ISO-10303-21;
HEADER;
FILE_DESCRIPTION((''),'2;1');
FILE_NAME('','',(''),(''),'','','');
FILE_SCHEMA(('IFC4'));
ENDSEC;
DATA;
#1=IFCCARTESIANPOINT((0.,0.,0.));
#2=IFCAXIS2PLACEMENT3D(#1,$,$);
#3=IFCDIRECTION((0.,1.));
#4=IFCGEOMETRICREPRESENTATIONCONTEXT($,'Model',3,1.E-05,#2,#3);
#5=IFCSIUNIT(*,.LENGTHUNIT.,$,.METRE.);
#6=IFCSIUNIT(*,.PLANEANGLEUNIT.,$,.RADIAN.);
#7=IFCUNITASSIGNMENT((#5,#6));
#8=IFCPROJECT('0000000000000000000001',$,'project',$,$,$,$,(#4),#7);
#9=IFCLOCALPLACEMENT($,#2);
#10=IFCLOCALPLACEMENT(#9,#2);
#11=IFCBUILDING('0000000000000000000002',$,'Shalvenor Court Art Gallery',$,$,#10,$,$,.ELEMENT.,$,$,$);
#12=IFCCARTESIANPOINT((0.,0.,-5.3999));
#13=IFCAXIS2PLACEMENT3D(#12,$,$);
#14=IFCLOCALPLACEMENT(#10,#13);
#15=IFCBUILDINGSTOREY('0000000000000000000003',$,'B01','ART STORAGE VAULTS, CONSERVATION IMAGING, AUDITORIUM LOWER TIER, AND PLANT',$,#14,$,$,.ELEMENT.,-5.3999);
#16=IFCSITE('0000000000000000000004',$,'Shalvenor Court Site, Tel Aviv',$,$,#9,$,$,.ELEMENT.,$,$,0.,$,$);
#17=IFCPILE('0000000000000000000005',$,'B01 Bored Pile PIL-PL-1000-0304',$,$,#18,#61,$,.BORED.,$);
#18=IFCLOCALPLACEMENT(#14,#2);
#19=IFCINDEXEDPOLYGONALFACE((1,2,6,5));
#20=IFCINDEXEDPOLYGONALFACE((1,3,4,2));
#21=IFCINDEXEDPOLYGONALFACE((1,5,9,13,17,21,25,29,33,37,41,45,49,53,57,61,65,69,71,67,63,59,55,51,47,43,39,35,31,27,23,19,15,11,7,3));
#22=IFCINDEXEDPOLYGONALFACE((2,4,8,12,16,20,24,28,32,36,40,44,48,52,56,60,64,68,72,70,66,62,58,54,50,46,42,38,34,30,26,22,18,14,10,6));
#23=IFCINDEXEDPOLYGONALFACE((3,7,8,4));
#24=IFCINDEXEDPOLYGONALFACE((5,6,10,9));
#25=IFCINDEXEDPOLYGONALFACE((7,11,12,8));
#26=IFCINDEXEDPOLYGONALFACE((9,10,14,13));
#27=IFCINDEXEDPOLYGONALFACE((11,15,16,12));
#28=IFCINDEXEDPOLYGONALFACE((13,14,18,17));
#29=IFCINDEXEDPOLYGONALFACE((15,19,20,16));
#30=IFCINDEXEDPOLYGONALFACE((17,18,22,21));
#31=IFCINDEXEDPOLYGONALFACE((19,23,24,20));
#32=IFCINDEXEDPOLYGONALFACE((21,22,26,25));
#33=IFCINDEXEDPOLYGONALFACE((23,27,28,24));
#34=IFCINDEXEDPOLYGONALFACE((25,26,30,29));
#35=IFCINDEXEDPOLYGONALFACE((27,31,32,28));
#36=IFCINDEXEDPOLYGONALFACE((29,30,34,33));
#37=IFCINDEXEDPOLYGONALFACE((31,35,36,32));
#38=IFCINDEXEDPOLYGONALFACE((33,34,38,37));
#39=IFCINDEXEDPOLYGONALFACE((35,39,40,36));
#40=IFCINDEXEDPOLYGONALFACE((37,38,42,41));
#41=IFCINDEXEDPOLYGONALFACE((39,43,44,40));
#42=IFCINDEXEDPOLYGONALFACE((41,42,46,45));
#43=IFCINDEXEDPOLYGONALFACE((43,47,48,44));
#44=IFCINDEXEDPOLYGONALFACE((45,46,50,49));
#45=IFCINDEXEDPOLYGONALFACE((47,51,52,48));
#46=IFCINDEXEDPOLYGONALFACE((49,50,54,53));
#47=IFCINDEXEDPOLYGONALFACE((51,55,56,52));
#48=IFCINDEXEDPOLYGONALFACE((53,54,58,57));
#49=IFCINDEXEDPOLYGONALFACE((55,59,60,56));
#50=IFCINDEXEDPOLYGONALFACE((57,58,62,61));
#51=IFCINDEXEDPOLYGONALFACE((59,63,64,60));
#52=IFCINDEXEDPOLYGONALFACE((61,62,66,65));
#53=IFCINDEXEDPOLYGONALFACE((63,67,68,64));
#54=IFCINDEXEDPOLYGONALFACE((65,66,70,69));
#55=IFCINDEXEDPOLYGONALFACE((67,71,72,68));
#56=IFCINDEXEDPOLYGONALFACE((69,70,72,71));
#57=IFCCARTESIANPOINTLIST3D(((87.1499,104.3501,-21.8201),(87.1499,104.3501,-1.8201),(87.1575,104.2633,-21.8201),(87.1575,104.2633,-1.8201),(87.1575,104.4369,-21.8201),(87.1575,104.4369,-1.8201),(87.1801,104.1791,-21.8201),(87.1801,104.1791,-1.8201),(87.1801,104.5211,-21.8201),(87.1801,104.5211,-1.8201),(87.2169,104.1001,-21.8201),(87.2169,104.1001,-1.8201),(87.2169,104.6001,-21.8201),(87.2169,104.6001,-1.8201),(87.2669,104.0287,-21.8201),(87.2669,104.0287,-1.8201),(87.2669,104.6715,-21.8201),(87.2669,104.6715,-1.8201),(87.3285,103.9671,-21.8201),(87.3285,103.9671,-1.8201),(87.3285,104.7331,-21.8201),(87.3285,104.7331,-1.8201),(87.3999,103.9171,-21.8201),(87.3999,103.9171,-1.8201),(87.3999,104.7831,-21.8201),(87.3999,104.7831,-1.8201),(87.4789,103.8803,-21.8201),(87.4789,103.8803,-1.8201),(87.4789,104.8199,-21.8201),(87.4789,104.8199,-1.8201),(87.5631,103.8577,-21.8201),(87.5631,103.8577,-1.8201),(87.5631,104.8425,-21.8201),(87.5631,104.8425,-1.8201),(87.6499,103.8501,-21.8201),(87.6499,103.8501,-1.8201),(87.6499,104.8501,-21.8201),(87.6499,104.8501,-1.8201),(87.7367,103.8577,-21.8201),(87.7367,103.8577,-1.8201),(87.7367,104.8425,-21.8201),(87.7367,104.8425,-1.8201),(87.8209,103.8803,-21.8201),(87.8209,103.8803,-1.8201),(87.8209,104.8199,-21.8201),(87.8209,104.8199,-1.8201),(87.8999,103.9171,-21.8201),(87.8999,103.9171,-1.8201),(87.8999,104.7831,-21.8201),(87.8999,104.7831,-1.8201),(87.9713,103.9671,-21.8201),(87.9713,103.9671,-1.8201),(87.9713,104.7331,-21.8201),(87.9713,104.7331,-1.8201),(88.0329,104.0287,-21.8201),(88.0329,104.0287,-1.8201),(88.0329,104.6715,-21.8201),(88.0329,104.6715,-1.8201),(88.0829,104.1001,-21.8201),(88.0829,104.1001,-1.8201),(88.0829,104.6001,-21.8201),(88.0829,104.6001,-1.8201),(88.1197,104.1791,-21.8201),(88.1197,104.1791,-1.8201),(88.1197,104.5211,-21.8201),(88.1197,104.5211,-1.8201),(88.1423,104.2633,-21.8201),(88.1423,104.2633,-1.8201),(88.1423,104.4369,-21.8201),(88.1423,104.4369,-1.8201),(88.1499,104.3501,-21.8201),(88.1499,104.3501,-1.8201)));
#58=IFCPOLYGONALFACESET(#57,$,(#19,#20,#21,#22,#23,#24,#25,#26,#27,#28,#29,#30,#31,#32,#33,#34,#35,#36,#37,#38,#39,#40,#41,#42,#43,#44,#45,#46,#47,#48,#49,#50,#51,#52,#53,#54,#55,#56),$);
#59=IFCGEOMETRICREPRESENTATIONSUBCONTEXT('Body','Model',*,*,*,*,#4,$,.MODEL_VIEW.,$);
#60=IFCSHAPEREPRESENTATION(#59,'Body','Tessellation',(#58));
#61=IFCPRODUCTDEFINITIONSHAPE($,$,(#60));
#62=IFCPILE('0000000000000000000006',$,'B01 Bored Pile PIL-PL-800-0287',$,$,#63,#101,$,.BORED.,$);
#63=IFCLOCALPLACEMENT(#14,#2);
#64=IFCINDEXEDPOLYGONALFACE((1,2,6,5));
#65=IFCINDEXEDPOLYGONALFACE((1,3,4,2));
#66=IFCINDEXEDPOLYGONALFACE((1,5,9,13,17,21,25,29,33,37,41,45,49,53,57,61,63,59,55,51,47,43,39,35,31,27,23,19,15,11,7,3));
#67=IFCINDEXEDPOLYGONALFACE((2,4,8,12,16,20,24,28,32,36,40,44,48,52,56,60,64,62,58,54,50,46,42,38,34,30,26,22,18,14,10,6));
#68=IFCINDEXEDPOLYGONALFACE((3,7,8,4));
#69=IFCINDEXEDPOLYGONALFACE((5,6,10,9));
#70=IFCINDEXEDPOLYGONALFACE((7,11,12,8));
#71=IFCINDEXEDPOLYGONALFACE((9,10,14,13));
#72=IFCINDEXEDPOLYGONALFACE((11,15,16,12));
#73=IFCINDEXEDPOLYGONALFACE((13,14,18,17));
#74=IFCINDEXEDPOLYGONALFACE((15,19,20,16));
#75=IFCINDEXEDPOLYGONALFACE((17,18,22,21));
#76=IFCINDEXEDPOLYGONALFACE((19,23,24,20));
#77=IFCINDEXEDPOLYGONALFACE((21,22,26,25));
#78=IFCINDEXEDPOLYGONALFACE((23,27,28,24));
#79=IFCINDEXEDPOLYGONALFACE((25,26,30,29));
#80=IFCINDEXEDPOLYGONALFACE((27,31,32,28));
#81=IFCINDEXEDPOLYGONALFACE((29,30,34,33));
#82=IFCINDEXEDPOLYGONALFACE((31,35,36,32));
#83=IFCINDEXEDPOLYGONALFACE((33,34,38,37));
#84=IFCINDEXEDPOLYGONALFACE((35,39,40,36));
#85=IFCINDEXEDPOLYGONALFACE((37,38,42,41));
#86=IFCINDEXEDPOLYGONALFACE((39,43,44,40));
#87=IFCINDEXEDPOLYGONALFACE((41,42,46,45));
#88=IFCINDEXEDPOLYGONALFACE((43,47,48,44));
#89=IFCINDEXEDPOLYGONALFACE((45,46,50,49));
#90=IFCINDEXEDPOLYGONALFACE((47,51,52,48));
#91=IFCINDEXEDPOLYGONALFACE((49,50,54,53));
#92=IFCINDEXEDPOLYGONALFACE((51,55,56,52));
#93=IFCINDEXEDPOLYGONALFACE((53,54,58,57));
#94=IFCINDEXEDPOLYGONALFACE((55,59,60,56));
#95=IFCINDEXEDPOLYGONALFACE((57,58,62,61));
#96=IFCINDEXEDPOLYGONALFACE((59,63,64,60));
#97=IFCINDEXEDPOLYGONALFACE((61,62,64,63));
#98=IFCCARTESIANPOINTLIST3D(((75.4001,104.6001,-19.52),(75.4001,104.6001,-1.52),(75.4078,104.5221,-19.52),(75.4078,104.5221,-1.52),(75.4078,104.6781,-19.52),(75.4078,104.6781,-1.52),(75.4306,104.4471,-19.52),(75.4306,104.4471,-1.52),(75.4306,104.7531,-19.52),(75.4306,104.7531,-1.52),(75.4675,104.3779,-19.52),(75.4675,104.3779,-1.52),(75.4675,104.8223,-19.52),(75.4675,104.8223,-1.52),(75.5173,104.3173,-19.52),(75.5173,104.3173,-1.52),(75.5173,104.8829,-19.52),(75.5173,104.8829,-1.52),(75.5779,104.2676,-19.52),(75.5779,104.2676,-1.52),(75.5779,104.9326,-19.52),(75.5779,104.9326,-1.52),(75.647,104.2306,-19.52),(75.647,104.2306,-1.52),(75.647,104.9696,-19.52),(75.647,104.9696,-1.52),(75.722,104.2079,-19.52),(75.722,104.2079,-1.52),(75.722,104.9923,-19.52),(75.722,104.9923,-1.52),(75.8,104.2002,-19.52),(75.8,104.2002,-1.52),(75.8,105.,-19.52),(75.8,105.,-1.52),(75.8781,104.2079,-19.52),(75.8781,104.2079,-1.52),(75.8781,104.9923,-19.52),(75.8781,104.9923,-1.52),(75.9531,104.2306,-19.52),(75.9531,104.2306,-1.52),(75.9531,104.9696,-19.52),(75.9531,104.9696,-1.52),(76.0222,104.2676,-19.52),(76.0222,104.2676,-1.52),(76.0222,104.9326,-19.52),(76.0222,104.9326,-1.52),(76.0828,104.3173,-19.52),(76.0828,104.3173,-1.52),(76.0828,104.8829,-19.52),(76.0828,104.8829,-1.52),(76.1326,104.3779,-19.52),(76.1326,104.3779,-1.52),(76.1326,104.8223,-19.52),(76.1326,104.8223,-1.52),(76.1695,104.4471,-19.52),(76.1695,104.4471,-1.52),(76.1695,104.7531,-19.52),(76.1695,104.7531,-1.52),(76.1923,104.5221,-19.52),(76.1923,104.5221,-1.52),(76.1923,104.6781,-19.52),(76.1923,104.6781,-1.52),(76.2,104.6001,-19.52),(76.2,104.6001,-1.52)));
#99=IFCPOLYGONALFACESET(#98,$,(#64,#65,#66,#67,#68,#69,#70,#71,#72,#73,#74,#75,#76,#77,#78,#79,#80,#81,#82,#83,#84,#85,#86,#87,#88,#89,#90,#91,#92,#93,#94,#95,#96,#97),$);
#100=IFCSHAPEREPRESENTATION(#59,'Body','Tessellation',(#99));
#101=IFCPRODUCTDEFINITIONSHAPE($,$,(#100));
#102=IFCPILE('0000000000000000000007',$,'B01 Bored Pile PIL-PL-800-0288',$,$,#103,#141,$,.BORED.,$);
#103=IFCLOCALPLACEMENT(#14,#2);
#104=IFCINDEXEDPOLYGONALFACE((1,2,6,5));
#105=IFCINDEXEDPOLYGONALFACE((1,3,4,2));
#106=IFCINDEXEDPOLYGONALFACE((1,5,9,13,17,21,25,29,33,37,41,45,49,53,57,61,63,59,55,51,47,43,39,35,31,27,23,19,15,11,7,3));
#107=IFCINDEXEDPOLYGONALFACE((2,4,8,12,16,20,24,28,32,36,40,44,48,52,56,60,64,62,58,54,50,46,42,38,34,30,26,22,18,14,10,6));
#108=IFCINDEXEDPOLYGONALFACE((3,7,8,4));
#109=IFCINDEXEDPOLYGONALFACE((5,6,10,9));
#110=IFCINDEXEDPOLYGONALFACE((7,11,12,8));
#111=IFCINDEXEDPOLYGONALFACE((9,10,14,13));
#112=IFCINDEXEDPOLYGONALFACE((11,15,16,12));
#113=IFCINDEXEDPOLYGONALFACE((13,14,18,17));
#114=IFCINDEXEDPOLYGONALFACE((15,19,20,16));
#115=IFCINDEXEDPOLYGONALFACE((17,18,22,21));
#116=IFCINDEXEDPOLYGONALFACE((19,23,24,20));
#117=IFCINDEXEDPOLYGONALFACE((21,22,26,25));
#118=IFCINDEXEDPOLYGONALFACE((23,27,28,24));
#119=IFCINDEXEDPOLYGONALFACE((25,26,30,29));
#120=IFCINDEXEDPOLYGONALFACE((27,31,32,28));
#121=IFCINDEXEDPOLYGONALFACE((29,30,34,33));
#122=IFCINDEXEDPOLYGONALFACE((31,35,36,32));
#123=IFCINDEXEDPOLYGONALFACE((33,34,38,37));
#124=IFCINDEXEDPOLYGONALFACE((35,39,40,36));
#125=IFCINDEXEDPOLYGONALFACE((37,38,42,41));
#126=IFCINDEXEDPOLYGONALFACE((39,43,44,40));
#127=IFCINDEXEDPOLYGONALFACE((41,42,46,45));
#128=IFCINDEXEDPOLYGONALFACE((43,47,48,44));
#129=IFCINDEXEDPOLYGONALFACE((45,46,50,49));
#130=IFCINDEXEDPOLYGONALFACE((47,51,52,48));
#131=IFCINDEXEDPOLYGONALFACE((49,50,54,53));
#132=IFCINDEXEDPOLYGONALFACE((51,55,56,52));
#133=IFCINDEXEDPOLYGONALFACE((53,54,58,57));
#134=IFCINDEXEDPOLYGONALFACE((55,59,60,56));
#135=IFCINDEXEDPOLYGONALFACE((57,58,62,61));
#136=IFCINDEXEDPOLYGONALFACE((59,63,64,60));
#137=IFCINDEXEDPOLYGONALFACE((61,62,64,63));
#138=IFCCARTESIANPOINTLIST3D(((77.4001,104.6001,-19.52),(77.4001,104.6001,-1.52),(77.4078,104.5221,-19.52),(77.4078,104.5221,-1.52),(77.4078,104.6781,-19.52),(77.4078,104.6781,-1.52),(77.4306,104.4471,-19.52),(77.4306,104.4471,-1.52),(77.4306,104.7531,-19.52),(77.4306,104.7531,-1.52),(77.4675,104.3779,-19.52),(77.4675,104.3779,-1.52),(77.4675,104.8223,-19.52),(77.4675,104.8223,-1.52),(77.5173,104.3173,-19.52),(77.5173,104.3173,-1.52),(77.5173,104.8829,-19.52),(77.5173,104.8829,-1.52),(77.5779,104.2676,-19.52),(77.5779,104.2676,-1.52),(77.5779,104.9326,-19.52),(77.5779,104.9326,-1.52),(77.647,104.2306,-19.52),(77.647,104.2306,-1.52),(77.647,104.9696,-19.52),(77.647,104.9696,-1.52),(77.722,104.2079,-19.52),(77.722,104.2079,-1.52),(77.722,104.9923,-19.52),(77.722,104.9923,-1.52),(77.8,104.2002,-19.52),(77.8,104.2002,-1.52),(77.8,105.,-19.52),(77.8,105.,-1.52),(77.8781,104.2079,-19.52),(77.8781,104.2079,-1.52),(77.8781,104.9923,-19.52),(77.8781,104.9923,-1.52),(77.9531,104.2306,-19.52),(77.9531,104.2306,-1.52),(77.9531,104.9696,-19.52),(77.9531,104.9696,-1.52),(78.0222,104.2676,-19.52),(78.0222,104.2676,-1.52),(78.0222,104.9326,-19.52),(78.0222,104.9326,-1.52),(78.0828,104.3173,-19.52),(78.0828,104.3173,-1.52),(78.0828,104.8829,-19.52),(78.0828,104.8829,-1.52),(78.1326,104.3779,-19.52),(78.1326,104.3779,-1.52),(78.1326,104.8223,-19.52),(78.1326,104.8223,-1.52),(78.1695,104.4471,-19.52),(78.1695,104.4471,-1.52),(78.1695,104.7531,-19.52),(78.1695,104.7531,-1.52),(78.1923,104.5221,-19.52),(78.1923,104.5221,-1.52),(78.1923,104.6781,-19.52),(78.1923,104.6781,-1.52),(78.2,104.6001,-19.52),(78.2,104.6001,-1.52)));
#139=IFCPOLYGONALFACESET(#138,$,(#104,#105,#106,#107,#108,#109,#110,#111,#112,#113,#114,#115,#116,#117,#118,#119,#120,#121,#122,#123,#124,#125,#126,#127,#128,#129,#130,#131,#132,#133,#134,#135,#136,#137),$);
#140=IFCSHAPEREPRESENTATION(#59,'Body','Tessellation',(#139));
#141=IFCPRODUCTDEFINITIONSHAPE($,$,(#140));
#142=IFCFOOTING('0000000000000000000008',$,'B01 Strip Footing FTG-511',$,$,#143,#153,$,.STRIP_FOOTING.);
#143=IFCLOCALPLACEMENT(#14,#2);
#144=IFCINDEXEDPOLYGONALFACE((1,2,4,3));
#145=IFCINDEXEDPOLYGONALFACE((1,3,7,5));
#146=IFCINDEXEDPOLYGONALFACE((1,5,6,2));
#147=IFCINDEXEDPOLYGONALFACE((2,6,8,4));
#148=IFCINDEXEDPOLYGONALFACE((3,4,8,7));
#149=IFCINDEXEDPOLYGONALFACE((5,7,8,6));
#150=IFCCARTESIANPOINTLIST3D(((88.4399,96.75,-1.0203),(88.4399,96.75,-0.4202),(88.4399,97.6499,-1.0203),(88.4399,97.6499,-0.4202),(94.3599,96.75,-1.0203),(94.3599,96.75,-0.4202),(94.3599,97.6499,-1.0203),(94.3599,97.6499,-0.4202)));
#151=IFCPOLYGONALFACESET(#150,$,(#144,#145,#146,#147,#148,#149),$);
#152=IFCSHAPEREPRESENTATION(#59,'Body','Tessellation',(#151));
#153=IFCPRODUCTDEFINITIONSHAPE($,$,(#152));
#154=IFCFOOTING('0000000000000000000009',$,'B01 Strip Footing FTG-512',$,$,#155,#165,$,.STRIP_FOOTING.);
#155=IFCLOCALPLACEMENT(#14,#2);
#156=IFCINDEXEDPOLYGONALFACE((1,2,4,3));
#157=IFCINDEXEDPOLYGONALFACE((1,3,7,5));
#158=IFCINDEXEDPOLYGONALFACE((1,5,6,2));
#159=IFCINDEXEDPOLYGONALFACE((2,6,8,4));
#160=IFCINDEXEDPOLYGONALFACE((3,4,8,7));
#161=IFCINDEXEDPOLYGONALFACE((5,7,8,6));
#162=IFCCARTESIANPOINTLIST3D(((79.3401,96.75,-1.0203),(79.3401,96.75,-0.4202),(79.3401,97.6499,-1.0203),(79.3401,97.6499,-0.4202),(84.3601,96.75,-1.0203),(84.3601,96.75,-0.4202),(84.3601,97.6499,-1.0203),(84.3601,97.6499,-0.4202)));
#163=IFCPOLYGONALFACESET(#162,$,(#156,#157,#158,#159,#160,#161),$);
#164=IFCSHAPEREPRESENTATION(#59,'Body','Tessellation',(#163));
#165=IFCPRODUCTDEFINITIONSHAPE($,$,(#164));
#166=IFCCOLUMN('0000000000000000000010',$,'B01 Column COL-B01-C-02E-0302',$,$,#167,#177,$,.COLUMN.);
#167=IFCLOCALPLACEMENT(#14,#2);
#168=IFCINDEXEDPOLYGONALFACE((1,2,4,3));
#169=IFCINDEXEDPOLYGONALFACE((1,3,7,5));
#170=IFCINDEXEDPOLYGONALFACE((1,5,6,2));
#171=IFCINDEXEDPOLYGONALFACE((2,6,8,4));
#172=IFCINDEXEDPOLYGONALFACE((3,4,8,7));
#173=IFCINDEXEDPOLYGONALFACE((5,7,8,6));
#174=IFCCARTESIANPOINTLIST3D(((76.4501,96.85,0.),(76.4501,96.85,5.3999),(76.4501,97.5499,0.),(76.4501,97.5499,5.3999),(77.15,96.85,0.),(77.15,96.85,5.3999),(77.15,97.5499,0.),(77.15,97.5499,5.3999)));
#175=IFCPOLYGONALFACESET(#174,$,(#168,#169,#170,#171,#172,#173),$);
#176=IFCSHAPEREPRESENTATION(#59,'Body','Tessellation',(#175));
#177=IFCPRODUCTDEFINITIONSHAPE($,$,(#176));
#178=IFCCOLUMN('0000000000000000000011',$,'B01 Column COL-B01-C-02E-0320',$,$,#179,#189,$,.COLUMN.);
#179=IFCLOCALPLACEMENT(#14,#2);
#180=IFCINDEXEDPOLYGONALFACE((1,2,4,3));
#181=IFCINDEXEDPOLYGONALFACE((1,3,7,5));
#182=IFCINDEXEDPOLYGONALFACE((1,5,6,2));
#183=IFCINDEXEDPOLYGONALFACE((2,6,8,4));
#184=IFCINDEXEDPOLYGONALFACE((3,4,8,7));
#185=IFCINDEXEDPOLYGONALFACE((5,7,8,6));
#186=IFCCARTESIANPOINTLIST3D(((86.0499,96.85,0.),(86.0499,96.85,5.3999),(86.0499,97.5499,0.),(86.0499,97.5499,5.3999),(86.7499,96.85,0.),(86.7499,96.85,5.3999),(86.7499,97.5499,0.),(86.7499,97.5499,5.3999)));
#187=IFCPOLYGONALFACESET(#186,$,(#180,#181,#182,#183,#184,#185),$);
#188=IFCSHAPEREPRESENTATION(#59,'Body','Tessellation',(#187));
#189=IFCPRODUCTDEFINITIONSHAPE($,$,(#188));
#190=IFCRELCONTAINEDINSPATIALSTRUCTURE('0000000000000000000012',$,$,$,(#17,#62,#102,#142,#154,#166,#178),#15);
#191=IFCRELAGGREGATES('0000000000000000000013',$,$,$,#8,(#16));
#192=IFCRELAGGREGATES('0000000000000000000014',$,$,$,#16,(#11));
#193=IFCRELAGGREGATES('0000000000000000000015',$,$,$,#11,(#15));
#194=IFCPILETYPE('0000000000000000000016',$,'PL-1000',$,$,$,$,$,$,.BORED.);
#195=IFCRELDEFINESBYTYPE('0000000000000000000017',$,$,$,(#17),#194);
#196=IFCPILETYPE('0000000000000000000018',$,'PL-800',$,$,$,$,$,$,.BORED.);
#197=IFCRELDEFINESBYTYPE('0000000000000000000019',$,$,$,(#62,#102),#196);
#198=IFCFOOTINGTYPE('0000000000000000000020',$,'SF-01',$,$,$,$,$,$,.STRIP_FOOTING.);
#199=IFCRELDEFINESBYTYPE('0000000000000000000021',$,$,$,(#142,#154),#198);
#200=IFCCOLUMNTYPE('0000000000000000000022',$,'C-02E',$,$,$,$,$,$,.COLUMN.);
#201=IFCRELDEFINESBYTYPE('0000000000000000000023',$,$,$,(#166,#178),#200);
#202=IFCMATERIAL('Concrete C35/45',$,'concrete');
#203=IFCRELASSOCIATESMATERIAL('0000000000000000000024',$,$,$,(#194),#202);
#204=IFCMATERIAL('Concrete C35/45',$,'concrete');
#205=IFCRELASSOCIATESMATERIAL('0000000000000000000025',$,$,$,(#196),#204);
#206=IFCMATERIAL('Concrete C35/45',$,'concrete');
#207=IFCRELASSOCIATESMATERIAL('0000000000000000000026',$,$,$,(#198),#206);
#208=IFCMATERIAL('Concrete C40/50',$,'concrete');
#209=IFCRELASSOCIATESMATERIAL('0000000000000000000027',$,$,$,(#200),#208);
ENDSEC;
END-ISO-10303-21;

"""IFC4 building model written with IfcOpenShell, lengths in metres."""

from ifc_helpers import new_model, si_unit, direction, frame, origin, origin_2d, place, context, subcontext, project, spatial, rectangle, circle, extrude, material, material_profile, profile_set, type_object, element, save


model = new_model("IFC4")

# Units and contexts
model_context = context("Model", 3, precision=1e-05, world=origin(), true_north=direction((0.0, 1.0)))
body_context = subcontext(model_context, "Body", "Model", "MODEL_VIEW")
ifc_project = project(units=[si_unit("LENGTHUNIT", "METRE"), si_unit("PLANEANGLEUNIT", "RADIAN")], contexts=[model_context])

# Site, building, storey
site_placement = place(None, origin())
site = spatial("IfcSite", under=ifc_project, at=site_placement, Name="Shalvenor Court Site, Tel Aviv", CompositionType="ELEMENT", RefElevation=0.0)
building_placement = place(site_placement, origin())
building = spatial("IfcBuilding", under=site, at=building_placement, Name="Shalvenor Court Art Gallery", CompositionType="ELEMENT")
storey_placement = place(building_placement, frame((0.0, 0.0, -5.3999)))
storey = spatial("IfcBuildingStorey", under=building, at=storey_placement, Name="B01", Description="ART STORAGE VAULTS, CONSERVATION IMAGING, AUDITORIUM LOWER TIER, AND PLANT", CompositionType="ELEMENT", Elevation=-5.3999)

# Piles
ifc_material_1 = material(Name="Concrete C35/45", Category="concrete")
ifc_material_profile_1 = material_profile(ifc_material_1, circle(Radius=0.5, at=origin_2d()), Name="PILE 1000")
ifc_profile_set_1 = profile_set([ifc_material_profile_1], Name="Concrete C35/45")
pile_type_1 = type_object("IfcPileType", Name="PL-1000", PredefinedType="BORED", material=ifc_profile_set_1)
for number, where, z_axis, x_axis, name in (
    (1, (87.6499, 104.3501, -1.8201), (0.0, 0.0, -1.0), (1.0, 0.0, 0.0), "B01 Bored Pile PIL-PL-1000-0304"),
):
    element("IfcPile", number, at=place(storey_placement, frame(where, z_axis=z_axis, x_axis=x_axis)), inside=storey, type_object=pile_type_1, Name=name, PredefinedType="BORED", context=body_context, shape_type="SweptSolid", body=[
        extrude(circle(Radius=0.5, at=origin_2d()), origin(), (0.0, 0.0, 1.0), 20.0),
    ])
ifc_material_2 = material(Name="Concrete C35/45", Category="concrete")
ifc_material_profile_2 = material_profile(ifc_material_2, circle(Radius=0.3999, at=origin_2d()), Name="PILE 800")
ifc_profile_set_2 = profile_set([ifc_material_profile_2], Name="Concrete C35/45")
pile_type_2 = type_object("IfcPileType", Name="PL-800", PredefinedType="BORED", material=ifc_profile_set_2)
for number, where, z_axis, x_axis, name in (
    (2, (75.8, 104.6001, -1.52), (0.0, 0.0, -1.0), (1.0, 0.0, 0.0), "B01 Bored Pile PIL-PL-800-0287"),
    (3, (77.8, 104.6001, -1.52), (0.0, 0.0, -1.0), (1.0, 0.0, 0.0), "B01 Bored Pile PIL-PL-800-0288"),
):
    element("IfcPile", number, at=place(storey_placement, frame(where, z_axis=z_axis, x_axis=x_axis)), inside=storey, type_object=pile_type_2, Name=name, PredefinedType="BORED", context=body_context, shape_type="SweptSolid", body=[
        extrude(circle(Radius=0.3999, at=origin_2d()), origin(), (0.0, 0.0, 1.0), 18.0),
    ])

# Footings
ifc_material_3 = material(Name="Concrete C35/45", Category="concrete")
footing_type_1 = type_object("IfcFootingType", Name="SF-01", PredefinedType="STRIP_FOOTING", material=ifc_material_3)
footing_1_placement = place(storey_placement, frame((91.3999, 97.2, -1.0203), z_axis=(0.0, 0.0, 1.0), x_axis=(1.0, 0.0, 0.0)))
element("IfcFooting", 4, at=footing_1_placement, inside=storey, type_object=footing_type_1, Name="B01 Strip Footing FTG-511", PredefinedType="STRIP_FOOTING", context=body_context, shape_type="SweptSolid", body=[
    extrude(rectangle(XDim=5.9199, YDim=0.8999, at=origin_2d()), origin(), (0.0, 0.0, 1.0), 0.6001),
])
footing_2_placement = place(storey_placement, frame((81.8501, 97.2, -1.0203), z_axis=(0.0, 0.0, 1.0), x_axis=(1.0, 0.0, 0.0)))
element("IfcFooting", 5, at=footing_2_placement, inside=storey, type_object=footing_type_1, Name="B01 Strip Footing FTG-512", PredefinedType="STRIP_FOOTING", context=body_context, shape_type="SweptSolid", body=[
    extrude(rectangle(XDim=5.02, YDim=0.8999, at=origin_2d()), origin(), (0.0, 0.0, 1.0), 0.6001),
])

# Columns
ifc_material_4 = material(Name="Concrete C40/50", Category="concrete")
ifc_material_profile_3 = material_profile(ifc_material_4, rectangle(XDim=0.7, YDim=0.7, at=origin_2d()), Name="RC 700x700")
ifc_profile_set_3 = profile_set([ifc_material_profile_3], Name="Concrete C40/50")
column_type_1 = type_object("IfcColumnType", Name="C-02E", PredefinedType="COLUMN", material=ifc_profile_set_3)
for number, where, z_axis, x_axis, name in (
    (6, (76.8, 97.2, 0.0), (0.0, 0.0, 1.0), (1.0, 0.0, 0.0), "B01 Column COL-B01-C-02E-0302"),
    (7, (86.3999, 97.2, 0.0), (0.0, 0.0, 1.0), (1.0, 0.0, 0.0), "B01 Column COL-B01-C-02E-0320"),
):
    element("IfcColumn", number, at=place(storey_placement, frame(where, z_axis=z_axis, x_axis=x_axis)), inside=storey, type_object=column_type_1, Name=name, PredefinedType="COLUMN", context=body_context, shape_type="SweptSolid", body=[
        extrude(rectangle(XDim=0.7, YDim=0.7, at=origin_2d()), origin(), (0.0, 0.0, 1.0), 5.3999),
    ])

save(model, "model.ifc")
